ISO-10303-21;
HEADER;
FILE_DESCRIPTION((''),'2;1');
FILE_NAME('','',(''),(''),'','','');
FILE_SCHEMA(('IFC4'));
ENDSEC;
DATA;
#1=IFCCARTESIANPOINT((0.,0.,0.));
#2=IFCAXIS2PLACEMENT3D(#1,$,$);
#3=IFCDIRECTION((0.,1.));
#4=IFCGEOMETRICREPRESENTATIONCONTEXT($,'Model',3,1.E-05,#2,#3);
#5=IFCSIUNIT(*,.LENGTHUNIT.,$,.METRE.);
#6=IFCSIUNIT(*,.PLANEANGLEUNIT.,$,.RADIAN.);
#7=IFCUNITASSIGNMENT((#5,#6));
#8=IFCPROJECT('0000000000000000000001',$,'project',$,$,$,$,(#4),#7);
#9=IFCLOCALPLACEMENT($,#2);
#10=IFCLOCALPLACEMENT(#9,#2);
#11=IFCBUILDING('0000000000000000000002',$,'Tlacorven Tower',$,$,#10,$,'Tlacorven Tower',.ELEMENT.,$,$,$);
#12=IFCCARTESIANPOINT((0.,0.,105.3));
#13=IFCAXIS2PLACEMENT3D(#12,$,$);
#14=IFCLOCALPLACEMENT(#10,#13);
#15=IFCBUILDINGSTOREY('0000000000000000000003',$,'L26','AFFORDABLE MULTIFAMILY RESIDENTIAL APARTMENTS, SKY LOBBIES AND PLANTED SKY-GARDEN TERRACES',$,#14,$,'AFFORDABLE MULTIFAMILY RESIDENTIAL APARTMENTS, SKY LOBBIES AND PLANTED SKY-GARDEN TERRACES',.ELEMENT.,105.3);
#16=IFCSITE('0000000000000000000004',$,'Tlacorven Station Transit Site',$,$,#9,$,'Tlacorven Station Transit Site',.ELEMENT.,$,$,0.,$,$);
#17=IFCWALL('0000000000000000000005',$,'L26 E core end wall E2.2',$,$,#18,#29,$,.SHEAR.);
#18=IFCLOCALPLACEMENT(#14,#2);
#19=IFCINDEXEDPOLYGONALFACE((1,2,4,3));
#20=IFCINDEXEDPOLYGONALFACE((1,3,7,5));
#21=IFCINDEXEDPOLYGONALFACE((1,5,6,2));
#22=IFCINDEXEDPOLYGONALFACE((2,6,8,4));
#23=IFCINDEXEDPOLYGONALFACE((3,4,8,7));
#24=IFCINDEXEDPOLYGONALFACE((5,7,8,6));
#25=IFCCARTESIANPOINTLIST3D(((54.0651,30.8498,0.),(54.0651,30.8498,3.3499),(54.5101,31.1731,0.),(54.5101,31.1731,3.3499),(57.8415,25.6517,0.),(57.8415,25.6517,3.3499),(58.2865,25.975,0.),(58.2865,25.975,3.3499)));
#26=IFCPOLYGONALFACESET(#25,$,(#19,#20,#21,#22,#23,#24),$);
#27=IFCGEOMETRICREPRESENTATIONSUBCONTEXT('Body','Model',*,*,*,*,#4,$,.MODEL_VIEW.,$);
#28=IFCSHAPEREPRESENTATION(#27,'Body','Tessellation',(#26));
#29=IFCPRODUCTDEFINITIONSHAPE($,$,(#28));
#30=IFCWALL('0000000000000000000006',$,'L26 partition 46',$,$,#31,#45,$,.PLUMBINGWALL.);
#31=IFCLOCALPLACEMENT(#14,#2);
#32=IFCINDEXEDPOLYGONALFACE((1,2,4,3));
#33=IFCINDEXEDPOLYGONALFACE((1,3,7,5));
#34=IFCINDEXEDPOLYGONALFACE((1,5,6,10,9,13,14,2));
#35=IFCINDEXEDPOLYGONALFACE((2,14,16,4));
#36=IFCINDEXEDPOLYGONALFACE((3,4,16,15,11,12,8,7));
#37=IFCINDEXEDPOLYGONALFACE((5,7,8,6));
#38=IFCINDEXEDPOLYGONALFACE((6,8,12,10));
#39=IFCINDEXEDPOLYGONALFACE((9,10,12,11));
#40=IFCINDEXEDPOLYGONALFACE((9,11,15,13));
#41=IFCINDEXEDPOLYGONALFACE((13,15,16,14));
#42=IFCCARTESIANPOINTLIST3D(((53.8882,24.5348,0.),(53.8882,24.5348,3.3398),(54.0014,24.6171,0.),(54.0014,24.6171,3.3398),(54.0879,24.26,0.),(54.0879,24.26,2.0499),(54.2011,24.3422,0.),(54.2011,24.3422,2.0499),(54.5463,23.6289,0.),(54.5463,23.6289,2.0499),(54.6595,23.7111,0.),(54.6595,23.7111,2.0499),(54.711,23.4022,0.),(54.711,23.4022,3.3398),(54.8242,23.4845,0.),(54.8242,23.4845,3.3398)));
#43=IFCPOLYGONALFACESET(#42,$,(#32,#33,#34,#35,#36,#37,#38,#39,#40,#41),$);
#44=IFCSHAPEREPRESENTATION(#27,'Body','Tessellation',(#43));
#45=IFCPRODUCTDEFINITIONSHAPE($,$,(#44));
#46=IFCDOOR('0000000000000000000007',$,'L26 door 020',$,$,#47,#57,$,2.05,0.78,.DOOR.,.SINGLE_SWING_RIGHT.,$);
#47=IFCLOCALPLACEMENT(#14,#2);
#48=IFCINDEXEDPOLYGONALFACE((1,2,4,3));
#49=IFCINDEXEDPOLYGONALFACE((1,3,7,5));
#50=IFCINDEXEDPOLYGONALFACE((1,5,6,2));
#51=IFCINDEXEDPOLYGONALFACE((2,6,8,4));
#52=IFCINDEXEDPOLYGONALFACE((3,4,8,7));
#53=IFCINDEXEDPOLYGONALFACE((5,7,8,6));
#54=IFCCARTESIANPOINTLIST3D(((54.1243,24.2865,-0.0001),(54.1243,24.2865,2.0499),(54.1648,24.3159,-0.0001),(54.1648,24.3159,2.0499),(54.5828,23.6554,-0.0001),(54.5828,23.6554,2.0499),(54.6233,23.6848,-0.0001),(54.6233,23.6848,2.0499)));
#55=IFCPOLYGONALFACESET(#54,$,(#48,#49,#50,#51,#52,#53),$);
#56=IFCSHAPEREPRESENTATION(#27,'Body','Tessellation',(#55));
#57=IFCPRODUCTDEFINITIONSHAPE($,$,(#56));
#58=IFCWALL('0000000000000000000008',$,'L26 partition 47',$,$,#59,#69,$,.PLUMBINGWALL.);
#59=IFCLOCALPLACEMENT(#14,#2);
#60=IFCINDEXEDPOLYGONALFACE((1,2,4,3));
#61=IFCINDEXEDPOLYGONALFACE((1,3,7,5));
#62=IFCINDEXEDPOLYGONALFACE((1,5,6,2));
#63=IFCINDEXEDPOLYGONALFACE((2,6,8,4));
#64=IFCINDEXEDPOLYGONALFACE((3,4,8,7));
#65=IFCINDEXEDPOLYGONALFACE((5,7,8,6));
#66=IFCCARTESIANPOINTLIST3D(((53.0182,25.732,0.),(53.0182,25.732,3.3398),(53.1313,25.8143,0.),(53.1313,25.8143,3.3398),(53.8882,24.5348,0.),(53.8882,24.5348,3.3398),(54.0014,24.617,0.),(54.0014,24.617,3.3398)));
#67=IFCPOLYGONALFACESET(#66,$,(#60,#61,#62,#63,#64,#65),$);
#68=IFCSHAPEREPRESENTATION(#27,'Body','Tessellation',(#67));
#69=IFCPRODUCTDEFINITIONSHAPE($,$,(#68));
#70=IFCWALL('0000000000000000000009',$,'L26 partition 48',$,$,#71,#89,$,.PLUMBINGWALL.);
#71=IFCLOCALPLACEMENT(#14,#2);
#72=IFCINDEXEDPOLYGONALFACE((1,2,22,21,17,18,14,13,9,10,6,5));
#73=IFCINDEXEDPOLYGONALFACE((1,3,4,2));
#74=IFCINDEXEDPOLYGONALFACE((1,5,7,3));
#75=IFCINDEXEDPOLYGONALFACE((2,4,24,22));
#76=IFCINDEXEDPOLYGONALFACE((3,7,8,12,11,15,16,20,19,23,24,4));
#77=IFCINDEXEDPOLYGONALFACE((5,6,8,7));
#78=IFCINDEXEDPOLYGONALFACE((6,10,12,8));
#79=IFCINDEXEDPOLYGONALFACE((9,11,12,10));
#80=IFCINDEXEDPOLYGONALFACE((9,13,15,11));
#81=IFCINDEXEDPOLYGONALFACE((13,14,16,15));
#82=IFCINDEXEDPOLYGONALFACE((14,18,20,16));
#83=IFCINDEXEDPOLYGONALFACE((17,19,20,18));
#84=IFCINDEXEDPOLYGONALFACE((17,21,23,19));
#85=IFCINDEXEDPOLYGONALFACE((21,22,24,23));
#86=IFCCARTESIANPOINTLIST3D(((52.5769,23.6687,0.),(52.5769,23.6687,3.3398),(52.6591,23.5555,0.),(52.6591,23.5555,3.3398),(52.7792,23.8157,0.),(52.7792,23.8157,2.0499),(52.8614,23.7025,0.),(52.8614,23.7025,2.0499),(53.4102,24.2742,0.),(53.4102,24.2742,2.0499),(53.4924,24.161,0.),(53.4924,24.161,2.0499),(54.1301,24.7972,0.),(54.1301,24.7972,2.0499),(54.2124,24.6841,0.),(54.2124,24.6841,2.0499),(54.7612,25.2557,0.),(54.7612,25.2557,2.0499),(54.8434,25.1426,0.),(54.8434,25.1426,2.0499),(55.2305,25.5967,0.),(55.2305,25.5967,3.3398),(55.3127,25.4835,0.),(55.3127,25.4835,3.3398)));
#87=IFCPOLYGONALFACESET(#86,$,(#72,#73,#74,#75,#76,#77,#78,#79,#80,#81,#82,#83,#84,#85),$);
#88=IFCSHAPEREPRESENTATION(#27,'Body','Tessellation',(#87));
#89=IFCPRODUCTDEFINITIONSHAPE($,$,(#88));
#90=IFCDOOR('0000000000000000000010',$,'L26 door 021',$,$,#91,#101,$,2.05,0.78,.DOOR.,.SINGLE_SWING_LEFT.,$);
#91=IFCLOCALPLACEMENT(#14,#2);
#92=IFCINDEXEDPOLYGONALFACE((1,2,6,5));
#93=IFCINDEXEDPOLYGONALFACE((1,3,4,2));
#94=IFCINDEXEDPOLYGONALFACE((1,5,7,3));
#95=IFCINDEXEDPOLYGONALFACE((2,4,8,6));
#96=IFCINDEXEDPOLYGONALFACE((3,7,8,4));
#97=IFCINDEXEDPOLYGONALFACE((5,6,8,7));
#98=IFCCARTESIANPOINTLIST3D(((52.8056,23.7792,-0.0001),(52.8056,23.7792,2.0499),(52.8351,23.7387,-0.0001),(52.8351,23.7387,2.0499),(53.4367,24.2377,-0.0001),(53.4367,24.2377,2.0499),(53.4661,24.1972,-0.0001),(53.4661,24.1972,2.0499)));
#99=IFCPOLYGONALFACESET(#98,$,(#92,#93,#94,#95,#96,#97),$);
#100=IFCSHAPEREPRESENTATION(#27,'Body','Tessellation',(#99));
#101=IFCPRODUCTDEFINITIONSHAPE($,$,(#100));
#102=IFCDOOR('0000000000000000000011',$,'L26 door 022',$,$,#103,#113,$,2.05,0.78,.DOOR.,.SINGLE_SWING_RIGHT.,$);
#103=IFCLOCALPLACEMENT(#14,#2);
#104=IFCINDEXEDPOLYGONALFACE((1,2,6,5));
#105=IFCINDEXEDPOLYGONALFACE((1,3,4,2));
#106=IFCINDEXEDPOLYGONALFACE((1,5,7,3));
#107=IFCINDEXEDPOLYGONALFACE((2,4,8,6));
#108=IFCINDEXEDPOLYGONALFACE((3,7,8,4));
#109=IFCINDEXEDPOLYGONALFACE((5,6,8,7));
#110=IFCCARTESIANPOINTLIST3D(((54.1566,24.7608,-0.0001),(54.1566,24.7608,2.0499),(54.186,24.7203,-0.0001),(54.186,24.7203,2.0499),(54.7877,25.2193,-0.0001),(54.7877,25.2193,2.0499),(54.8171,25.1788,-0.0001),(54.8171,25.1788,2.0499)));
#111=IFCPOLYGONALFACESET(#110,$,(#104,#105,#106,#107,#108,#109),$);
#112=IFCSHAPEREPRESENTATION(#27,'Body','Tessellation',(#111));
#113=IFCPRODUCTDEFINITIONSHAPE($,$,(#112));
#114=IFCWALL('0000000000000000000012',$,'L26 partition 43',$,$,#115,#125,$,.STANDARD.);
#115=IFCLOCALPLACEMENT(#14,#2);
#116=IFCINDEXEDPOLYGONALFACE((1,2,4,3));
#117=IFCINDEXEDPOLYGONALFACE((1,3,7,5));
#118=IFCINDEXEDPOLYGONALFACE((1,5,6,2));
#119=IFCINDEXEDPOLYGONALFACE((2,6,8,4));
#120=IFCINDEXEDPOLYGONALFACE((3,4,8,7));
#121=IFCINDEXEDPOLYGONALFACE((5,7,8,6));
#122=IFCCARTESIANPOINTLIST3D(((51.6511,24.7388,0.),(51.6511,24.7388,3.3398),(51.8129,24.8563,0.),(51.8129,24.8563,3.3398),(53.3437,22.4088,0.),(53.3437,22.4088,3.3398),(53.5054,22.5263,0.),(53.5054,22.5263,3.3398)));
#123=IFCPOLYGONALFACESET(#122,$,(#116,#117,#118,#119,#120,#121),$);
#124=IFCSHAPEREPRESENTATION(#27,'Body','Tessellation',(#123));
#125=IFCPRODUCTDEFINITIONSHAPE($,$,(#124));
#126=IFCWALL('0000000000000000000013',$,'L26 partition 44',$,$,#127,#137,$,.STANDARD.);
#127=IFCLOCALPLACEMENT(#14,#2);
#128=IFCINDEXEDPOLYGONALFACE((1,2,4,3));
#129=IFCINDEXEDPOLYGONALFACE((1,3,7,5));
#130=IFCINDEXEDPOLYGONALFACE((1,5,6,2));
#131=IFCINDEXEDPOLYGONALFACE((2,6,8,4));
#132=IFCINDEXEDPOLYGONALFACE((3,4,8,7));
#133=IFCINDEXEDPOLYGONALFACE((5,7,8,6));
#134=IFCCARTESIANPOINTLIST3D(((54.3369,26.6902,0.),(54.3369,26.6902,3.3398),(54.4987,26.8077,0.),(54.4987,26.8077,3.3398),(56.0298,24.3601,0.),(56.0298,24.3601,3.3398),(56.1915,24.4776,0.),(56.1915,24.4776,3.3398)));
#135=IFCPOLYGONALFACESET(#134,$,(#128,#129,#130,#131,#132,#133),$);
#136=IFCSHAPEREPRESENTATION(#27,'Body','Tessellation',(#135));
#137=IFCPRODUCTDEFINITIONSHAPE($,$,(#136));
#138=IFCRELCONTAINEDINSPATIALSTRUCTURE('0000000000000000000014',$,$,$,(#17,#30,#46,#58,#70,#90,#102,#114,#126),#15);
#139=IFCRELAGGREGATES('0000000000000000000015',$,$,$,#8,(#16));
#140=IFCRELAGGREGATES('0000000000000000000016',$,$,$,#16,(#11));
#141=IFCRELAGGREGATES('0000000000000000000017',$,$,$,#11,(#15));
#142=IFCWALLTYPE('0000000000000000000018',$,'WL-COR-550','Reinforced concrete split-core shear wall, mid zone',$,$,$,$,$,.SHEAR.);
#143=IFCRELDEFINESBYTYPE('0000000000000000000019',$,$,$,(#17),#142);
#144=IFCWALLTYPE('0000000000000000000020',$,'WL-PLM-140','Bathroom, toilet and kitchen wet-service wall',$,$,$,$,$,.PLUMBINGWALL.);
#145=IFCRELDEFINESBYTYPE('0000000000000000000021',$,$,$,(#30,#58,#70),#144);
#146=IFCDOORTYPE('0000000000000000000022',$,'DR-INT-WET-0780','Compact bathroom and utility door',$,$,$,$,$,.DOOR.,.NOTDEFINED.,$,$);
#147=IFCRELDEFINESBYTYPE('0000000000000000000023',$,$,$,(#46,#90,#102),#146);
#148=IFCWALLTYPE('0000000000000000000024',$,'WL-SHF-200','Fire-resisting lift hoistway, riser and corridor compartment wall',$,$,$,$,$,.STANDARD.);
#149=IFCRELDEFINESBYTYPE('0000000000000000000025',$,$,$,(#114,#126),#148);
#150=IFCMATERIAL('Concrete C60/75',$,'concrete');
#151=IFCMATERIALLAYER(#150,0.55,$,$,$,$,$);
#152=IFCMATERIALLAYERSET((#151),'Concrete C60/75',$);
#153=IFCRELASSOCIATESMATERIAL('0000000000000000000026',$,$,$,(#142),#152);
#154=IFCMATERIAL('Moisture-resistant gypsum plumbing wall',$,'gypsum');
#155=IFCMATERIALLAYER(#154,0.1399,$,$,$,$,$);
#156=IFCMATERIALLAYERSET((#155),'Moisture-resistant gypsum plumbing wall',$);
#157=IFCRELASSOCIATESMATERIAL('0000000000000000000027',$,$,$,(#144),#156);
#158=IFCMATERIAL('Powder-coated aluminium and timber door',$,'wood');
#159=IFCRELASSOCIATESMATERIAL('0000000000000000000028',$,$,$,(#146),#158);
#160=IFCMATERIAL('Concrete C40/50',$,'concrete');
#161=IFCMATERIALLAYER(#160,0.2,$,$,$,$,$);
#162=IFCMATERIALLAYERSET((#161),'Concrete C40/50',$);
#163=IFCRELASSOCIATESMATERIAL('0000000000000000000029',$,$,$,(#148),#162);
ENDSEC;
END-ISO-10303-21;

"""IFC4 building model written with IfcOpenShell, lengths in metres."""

from ifc_helpers import new_model, si_unit, direction, frame, frame_2d, origin, place, context, subcontext, project, spatial, rectangle, extrude, source, transform, mapped, material, layer, layer_set, type_object, element, fill, save


model = new_model("IFC4")

# Units and contexts
model_context = context("Model", 3, precision=1e-05, world=origin(), true_north=direction((0.0, 1.0)))
body_context = subcontext(model_context, "Body", "Model", "MODEL_VIEW")
ifc_project = project(units=[si_unit("LENGTHUNIT", "METRE"), si_unit("PLANEANGLEUNIT", "RADIAN")], contexts=[model_context])

# Site, building, storey
site_placement = place(None, origin())
site = spatial("IfcSite", under=ifc_project, at=site_placement, Name="Tlacorven Station Transit Site", LongName="Tlacorven Station Transit Site", CompositionType="ELEMENT", RefElevation=0.0)
building_placement = place(site_placement, origin())
building = spatial("IfcBuilding", under=site, at=building_placement, Name="Tlacorven Tower", LongName="Tlacorven Tower", CompositionType="ELEMENT")
storey_placement = place(building_placement, frame((0.0, 0.0, 105.3)))
storey = spatial("IfcBuildingStorey", under=building, at=storey_placement, Name="L26", Description="AFFORDABLE MULTIFAMILY RESIDENTIAL APARTMENTS, SKY LOBBIES AND PLANTED SKY-GARDEN TERRACES", LongName="AFFORDABLE MULTIFAMILY RESIDENTIAL APARTMENTS, SKY LOBBIES AND PLANTED SKY-GARDEN TERRACES", CompositionType="ELEMENT", Elevation=105.3)

# Wall
ifc_material_1 = material(Name="Concrete C60/75", Category="concrete")
ifc_layer_1 = layer(ifc_material_1, 0.55)
ifc_layer_set_1 = layer_set([ifc_layer_1], Name="Concrete C60/75")
wall_type_1 = type_object("IfcWallType", Name="WL-COR-550", Description="Reinforced concrete split-core shear wall, mid zone", PredefinedType="SHEAR", material=ifc_layer_set_1)
wall_1_placement = place(storey_placement, frame((58.064, 25.8135, 0.0), z_axis=(0.0, 0.0, 1.0), x_axis=(-0.587765, 0.809032, 0.0)))
element("IfcWall", 1, at=wall_1_placement, inside=storey, type_object=wall_type_1, Name="L26 E core end wall E2.2", PredefinedType="SHEAR", context=body_context, shape_type="SweptSolid", body=[
    extrude(rectangle(XDim=6.425, YDim=0.55, at=frame_2d((3.2124, 0.0))), origin(), (0.0, 0.0, 1.0), 3.3499),
])

# Wall, opening, door
ifc_material_2 = material(Name="Moisture-resistant gypsum plumbing wall", Category="gypsum")
ifc_layer_2 = layer(ifc_material_2, 0.1399)
ifc_layer_set_2 = layer_set([ifc_layer_2], Name="Moisture-resistant gypsum plumbing wall")
wall_type_2 = type_object("IfcWallType", Name="WL-PLM-140", Description="Bathroom, toilet and kitchen wet-service wall", PredefinedType="PLUMBINGWALL", material=ifc_layer_set_2)
wall_2_placement = place(storey_placement, frame((54.7676, 23.4434, 0.0), z_axis=(0.0, 0.0, 1.0), x_axis=(-0.587736, 0.809053, 0.0)))
wall_2 = element("IfcWall", 2, at=wall_2_placement, inside=storey, type_object=wall_type_2, Name="L26 partition 46", PredefinedType="PLUMBINGWALL", context=body_context, shape_type="SweptSolid", body=[
    extrude(rectangle(XDim=1.3999, YDim=0.1399, at=frame_2d((0.7, 0.0))), origin(), (0.0, 0.0, 1.0), 3.3398),
])
opening_1_placement = place(wall_2_placement, frame((0.28, 0.0, 0.0)))
opening_1 = element("IfcOpeningElement", 3, at=opening_1_placement, cuts=wall_2, PredefinedType="OPENING", context=body_context, shape_type="SweptSolid", body=[
    extrude(rectangle(XDim=0.78, YDim=2.05, at=frame_2d((0.3901, 1.0249))), frame((0.0, 0.0801, 0.0), z_axis=(0.0, -1.0, 0.0), x_axis=(1.0, 0.0, 0.0)), (0.0, 0.0, 1.0), 0.1599),
])
ifc_material_3 = material(Name="Powder-coated aluminium and timber door", Category="wood")
door_type_1 = type_object("IfcDoorType", Name="DR-INT-WET-0780", Description="Compact bathroom and utility door", OperationType="NOTDEFINED", PredefinedType="DOOR", material=ifc_material_3)
shared_shape_1 = source(origin(), body_context, "Body", "SweptSolid", [
    extrude(rectangle(XDim=0.78, YDim=2.05, at=frame_2d((0.3901, 1.0249))), frame((0.0, 0.0249, 0.0), z_axis=(0.0, -1.0, 0.0), x_axis=(1.0, 0.0, 0.0)), (0.0, 0.0, 1.0), 0.05),
])
door_1_placement = place(opening_1_placement, origin())
door_1 = element("IfcDoor", 4, at=door_1_placement, inside=storey, type_object=door_type_1, Name="L26 door 020", OperationType="SINGLE_SWING_RIGHT", OverallHeight=2.05, OverallWidth=0.78, PredefinedType="DOOR", context=body_context, shape_type="MappedRepresentation", body=[
    mapped(shared_shape_1, transform((0.0, 0.0, 0.0), scale=1.0)),
])
fill(opening_1, door_1)

# Wall
wall_3_placement = place(storey_placement, frame((53.9448, 24.5759, 0.0), z_axis=(0.0, 0.0, 1.0), x_axis=(-0.587897, 0.808936, 0.0)))
element("IfcWall", 5, at=wall_3_placement, inside=storey, type_object=wall_type_2, Name="L26 partition 47", PredefinedType="PLUMBINGWALL", context=body_context, shape_type="SweptSolid", body=[
    extrude(rectangle(XDim=1.48, YDim=0.1399, at=frame_2d((0.74, 0.0))), origin(), (0.0, 0.0, 1.0), 3.3398),
])

# Wall, openings, doors
wall_4_placement = place(storey_placement, frame((52.6179, 23.6121, 0.0), z_axis=(0.0, 0.0, 1.0), x_axis=(0.80901, 0.587795, 0.0)))
wall_4 = element("IfcWall", 6, at=wall_4_placement, inside=storey, type_object=wall_type_2, Name="L26 partition 48", PredefinedType="PLUMBINGWALL", context=body_context, shape_type="SweptSolid", body=[
    extrude(rectangle(XDim=3.28, YDim=0.1399, at=frame_2d((1.6401, 0.0))), origin(), (0.0, 0.0, 1.0), 3.3398),
])
opening_2_placement = place(wall_4_placement, frame((0.25, 0.0, 0.0)))
opening_2 = element("IfcOpeningElement", 7, at=opening_2_placement, cuts=wall_4, PredefinedType="OPENING", context=body_context, shape_type="SweptSolid", body=[
    extrude(rectangle(XDim=0.78, YDim=2.05, at=frame_2d((0.3901, 1.0249))), frame((0.0, 0.0801, 0.0), z_axis=(0.0, -1.0, 0.0), x_axis=(1.0, 0.0, 0.0)), (0.0, 0.0, 1.0), 0.1599),
])
opening_3_placement = place(wall_4_placement, frame((1.9199, 0.0, 0.0)))
opening_3 = element("IfcOpeningElement", 8, at=opening_3_placement, cuts=wall_4, PredefinedType="OPENING", context=body_context, shape_type="SweptSolid", body=[
    extrude(rectangle(XDim=0.78, YDim=2.05, at=frame_2d((0.3901, 1.0249))), frame((0.0, 0.0801, 0.0), z_axis=(0.0, -1.0, 0.0), x_axis=(1.0, 0.0, 0.0)), (0.0, 0.0, 1.0), 0.1599),
])
door_2_placement = place(opening_2_placement, origin())
door_2 = element("IfcDoor", 9, at=door_2_placement, inside=storey, type_object=door_type_1, Name="L26 door 021", OperationType="SINGLE_SWING_LEFT", OverallHeight=2.05, OverallWidth=0.78, PredefinedType="DOOR", context=body_context, shape_type="MappedRepresentation", body=[
    mapped(shared_shape_1, transform((0.0, 0.0, 0.0), scale=1.0)),
])
fill(opening_2, door_2)
door_3_placement = place(opening_3_placement, origin())
door_3 = element("IfcDoor", 10, at=door_3_placement, inside=storey, type_object=door_type_1, Name="L26 door 022", OperationType="SINGLE_SWING_RIGHT", OverallHeight=2.05, OverallWidth=0.78, PredefinedType="DOOR", context=body_context, shape_type="MappedRepresentation", body=[
    mapped(shared_shape_1, transform((0.0, 0.0, 0.0), scale=1.0)),
])
fill(opening_3, door_3)

# Walls
ifc_material_4 = material(Name="Concrete C40/50", Category="concrete")
ifc_layer_3 = layer(ifc_material_4, 0.2)
ifc_layer_set_3 = layer_set([ifc_layer_3], Name="Concrete C40/50")
wall_type_3 = type_object("IfcWallType", Name="WL-SHF-200", Description="Fire-resisting lift hoistway, riser and corridor compartment wall", PredefinedType="STANDARD", material=ifc_layer_set_3)
wall_5_placement = place(storey_placement, frame((53.4246, 22.4675, 0.0), z_axis=(0.0, 0.0, 1.0), x_axis=(-0.587723, 0.809062, 0.0)))
element("IfcWall", 11, at=wall_5_placement, inside=storey, type_object=wall_type_3, Name="L26 partition 43", PredefinedType="STANDARD", context=body_context, shape_type="SweptSolid", body=[
    extrude(rectangle(XDim=2.8799, YDim=0.2, at=frame_2d((1.4399, 0.0))), origin(), (0.0, 0.0, 1.0), 3.3398),
])
wall_6_placement = place(storey_placement, frame((56.1106, 24.4189, 0.0), z_axis=(0.0, 0.0, 1.0), x_axis=(-0.587778, 0.809022, 0.0)))
element("IfcWall", 12, at=wall_6_placement, inside=storey, type_object=wall_type_3, Name="L26 partition 44", PredefinedType="STANDARD", context=body_context, shape_type="SweptSolid", body=[
    extrude(rectangle(XDim=2.8801, YDim=0.2, at=frame_2d((1.4399, 0.0))), origin(), (0.0, 0.0, 1.0), 3.3398),
])

save(model, "model.ifc")
